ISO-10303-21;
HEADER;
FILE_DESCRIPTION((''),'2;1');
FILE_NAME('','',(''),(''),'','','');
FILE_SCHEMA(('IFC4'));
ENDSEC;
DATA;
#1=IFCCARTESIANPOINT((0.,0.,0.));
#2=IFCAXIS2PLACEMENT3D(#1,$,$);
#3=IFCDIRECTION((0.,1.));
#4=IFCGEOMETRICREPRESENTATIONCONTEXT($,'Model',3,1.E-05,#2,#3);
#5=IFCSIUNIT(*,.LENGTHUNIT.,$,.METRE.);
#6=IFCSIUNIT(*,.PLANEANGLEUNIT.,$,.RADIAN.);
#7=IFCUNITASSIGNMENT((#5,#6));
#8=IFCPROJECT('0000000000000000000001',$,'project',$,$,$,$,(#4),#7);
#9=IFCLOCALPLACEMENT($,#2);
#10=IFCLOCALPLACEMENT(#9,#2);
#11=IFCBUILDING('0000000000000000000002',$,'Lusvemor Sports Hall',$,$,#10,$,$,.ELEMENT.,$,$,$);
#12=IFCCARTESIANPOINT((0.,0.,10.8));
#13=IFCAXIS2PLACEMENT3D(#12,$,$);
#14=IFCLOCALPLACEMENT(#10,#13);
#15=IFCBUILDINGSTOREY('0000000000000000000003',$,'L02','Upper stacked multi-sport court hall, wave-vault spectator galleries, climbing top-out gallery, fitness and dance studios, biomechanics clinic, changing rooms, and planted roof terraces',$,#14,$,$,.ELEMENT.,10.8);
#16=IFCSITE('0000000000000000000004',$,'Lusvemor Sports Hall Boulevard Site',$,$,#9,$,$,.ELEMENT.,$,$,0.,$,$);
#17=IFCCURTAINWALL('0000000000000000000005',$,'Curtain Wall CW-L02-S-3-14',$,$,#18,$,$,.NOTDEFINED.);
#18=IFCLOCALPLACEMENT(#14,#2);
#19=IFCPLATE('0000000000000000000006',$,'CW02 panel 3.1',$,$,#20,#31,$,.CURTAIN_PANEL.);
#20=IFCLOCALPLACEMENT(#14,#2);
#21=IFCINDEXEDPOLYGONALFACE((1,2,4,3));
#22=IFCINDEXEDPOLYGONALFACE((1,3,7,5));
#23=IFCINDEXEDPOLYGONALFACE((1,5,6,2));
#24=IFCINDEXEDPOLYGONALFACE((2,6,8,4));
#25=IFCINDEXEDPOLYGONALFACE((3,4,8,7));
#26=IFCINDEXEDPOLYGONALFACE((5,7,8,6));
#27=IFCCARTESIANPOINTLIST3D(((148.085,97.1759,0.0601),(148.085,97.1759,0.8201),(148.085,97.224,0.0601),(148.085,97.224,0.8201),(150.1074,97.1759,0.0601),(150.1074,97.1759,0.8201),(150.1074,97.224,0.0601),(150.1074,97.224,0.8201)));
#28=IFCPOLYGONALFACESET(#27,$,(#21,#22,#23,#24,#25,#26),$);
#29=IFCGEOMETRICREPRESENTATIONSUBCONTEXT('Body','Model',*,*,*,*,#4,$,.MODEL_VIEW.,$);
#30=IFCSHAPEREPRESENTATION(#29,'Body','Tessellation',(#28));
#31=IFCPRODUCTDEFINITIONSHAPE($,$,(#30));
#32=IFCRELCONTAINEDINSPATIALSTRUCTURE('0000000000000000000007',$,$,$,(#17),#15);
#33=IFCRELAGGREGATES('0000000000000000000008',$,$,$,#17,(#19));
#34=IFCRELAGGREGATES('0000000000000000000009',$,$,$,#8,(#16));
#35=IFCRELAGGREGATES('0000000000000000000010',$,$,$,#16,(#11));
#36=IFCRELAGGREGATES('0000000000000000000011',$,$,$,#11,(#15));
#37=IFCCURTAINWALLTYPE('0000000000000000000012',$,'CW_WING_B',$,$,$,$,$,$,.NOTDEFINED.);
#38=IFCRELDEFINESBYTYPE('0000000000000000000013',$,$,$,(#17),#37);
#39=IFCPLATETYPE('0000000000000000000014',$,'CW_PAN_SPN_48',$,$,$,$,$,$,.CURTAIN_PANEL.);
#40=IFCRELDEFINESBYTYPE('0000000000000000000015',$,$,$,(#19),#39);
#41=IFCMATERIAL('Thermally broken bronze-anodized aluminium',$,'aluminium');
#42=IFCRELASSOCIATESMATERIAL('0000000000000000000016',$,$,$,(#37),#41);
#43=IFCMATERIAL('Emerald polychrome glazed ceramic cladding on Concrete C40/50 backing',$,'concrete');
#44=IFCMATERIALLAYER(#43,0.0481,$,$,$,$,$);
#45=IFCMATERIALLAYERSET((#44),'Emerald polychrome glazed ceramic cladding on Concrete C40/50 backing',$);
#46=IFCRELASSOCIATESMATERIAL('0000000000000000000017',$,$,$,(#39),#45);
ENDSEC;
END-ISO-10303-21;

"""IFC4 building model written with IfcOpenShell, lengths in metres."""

from ifc_helpers import new_model, si_unit, direction, frame, origin, origin_2d, place, context, subcontext, project, spatial, rectangle, extrude, material, layer, layer_set, type_object, element, aggregate, save


model = new_model("IFC4")

# Units and contexts
model_context = context("Model", 3, precision=1e-05, world=origin(), true_north=direction((0.0, 1.0)))
body_context = subcontext(model_context, "Body", "Model", "MODEL_VIEW")
ifc_project = project(units=[si_unit("LENGTHUNIT", "METRE"), si_unit("PLANEANGLEUNIT", "RADIAN")], contexts=[model_context])

# Site, building, storey
site_placement = place(None, origin())
site = spatial("IfcSite", under=ifc_project, at=site_placement, Name="Lusvemor Sports Hall Boulevard Site", CompositionType="ELEMENT", RefElevation=0.0)
building_placement = place(site_placement, origin())
building = spatial("IfcBuilding", under=site, at=building_placement, Name="Lusvemor Sports Hall", CompositionType="ELEMENT")
storey_placement = place(building_placement, frame((0.0, 0.0, 10.8)))
storey = spatial("IfcBuildingStorey", under=building, at=storey_placement, Name="L02", Description="Upper stacked multi-sport court hall, wave-vault spectator galleries, climbing top-out gallery, fitness and dance studios, biomechanics clinic, changing rooms, and planted roof terraces", CompositionType="ELEMENT", Elevation=10.8)

# Curtain wall
ifc_material_1 = material(Name="Thermally broken bronze-anodized aluminium", Category="aluminium")
curtain_wall_type = type_object("IfcCurtainWallType", Name="CW_WING_B", PredefinedType="NOTDEFINED", material=ifc_material_1)
curtain_wall_placement = place(storey_placement, origin())
curtain_wall = element("IfcCurtainWall", 1, at=curtain_wall_placement, inside=storey, type_object=curtain_wall_type, Name="Curtain Wall CW-L02-S-3-14", PredefinedType="NOTDEFINED")

# Plate
ifc_material_2 = material(Name="Emerald polychrome glazed ceramic cladding on Concrete C40/50 backing", Category="concrete")
ifc_layer_1 = layer(ifc_material_2, 0.0481)
ifc_layer_set_1 = layer_set([ifc_layer_1], Name="Emerald polychrome glazed ceramic cladding on Concrete C40/50 backing")
plate_type_1 = type_object("IfcPlateType", Name="CW_PAN_SPN_48", PredefinedType="CURTAIN_PANEL", material=ifc_layer_set_1)
plate_1_placement = place(storey_placement, frame((149.0962, 97.2, 0.0601), z_axis=(0.0, 0.0, 1.0), x_axis=(-1.0, 0.0, 0.0)))
plate_1 = element("IfcPlate", 2, at=plate_1_placement, type_object=plate_type_1, Name="CW02 panel 3.1", PredefinedType="CURTAIN_PANEL", context=body_context, shape_type="SweptSolid", body=[
    extrude(rectangle(XDim=2.0225, YDim=0.0481, at=origin_2d()), origin(), (0.0, 0.0, 1.0), 0.76),
])
aggregate(curtain_wall, [plate_1])

save(model, "model.ifc")
